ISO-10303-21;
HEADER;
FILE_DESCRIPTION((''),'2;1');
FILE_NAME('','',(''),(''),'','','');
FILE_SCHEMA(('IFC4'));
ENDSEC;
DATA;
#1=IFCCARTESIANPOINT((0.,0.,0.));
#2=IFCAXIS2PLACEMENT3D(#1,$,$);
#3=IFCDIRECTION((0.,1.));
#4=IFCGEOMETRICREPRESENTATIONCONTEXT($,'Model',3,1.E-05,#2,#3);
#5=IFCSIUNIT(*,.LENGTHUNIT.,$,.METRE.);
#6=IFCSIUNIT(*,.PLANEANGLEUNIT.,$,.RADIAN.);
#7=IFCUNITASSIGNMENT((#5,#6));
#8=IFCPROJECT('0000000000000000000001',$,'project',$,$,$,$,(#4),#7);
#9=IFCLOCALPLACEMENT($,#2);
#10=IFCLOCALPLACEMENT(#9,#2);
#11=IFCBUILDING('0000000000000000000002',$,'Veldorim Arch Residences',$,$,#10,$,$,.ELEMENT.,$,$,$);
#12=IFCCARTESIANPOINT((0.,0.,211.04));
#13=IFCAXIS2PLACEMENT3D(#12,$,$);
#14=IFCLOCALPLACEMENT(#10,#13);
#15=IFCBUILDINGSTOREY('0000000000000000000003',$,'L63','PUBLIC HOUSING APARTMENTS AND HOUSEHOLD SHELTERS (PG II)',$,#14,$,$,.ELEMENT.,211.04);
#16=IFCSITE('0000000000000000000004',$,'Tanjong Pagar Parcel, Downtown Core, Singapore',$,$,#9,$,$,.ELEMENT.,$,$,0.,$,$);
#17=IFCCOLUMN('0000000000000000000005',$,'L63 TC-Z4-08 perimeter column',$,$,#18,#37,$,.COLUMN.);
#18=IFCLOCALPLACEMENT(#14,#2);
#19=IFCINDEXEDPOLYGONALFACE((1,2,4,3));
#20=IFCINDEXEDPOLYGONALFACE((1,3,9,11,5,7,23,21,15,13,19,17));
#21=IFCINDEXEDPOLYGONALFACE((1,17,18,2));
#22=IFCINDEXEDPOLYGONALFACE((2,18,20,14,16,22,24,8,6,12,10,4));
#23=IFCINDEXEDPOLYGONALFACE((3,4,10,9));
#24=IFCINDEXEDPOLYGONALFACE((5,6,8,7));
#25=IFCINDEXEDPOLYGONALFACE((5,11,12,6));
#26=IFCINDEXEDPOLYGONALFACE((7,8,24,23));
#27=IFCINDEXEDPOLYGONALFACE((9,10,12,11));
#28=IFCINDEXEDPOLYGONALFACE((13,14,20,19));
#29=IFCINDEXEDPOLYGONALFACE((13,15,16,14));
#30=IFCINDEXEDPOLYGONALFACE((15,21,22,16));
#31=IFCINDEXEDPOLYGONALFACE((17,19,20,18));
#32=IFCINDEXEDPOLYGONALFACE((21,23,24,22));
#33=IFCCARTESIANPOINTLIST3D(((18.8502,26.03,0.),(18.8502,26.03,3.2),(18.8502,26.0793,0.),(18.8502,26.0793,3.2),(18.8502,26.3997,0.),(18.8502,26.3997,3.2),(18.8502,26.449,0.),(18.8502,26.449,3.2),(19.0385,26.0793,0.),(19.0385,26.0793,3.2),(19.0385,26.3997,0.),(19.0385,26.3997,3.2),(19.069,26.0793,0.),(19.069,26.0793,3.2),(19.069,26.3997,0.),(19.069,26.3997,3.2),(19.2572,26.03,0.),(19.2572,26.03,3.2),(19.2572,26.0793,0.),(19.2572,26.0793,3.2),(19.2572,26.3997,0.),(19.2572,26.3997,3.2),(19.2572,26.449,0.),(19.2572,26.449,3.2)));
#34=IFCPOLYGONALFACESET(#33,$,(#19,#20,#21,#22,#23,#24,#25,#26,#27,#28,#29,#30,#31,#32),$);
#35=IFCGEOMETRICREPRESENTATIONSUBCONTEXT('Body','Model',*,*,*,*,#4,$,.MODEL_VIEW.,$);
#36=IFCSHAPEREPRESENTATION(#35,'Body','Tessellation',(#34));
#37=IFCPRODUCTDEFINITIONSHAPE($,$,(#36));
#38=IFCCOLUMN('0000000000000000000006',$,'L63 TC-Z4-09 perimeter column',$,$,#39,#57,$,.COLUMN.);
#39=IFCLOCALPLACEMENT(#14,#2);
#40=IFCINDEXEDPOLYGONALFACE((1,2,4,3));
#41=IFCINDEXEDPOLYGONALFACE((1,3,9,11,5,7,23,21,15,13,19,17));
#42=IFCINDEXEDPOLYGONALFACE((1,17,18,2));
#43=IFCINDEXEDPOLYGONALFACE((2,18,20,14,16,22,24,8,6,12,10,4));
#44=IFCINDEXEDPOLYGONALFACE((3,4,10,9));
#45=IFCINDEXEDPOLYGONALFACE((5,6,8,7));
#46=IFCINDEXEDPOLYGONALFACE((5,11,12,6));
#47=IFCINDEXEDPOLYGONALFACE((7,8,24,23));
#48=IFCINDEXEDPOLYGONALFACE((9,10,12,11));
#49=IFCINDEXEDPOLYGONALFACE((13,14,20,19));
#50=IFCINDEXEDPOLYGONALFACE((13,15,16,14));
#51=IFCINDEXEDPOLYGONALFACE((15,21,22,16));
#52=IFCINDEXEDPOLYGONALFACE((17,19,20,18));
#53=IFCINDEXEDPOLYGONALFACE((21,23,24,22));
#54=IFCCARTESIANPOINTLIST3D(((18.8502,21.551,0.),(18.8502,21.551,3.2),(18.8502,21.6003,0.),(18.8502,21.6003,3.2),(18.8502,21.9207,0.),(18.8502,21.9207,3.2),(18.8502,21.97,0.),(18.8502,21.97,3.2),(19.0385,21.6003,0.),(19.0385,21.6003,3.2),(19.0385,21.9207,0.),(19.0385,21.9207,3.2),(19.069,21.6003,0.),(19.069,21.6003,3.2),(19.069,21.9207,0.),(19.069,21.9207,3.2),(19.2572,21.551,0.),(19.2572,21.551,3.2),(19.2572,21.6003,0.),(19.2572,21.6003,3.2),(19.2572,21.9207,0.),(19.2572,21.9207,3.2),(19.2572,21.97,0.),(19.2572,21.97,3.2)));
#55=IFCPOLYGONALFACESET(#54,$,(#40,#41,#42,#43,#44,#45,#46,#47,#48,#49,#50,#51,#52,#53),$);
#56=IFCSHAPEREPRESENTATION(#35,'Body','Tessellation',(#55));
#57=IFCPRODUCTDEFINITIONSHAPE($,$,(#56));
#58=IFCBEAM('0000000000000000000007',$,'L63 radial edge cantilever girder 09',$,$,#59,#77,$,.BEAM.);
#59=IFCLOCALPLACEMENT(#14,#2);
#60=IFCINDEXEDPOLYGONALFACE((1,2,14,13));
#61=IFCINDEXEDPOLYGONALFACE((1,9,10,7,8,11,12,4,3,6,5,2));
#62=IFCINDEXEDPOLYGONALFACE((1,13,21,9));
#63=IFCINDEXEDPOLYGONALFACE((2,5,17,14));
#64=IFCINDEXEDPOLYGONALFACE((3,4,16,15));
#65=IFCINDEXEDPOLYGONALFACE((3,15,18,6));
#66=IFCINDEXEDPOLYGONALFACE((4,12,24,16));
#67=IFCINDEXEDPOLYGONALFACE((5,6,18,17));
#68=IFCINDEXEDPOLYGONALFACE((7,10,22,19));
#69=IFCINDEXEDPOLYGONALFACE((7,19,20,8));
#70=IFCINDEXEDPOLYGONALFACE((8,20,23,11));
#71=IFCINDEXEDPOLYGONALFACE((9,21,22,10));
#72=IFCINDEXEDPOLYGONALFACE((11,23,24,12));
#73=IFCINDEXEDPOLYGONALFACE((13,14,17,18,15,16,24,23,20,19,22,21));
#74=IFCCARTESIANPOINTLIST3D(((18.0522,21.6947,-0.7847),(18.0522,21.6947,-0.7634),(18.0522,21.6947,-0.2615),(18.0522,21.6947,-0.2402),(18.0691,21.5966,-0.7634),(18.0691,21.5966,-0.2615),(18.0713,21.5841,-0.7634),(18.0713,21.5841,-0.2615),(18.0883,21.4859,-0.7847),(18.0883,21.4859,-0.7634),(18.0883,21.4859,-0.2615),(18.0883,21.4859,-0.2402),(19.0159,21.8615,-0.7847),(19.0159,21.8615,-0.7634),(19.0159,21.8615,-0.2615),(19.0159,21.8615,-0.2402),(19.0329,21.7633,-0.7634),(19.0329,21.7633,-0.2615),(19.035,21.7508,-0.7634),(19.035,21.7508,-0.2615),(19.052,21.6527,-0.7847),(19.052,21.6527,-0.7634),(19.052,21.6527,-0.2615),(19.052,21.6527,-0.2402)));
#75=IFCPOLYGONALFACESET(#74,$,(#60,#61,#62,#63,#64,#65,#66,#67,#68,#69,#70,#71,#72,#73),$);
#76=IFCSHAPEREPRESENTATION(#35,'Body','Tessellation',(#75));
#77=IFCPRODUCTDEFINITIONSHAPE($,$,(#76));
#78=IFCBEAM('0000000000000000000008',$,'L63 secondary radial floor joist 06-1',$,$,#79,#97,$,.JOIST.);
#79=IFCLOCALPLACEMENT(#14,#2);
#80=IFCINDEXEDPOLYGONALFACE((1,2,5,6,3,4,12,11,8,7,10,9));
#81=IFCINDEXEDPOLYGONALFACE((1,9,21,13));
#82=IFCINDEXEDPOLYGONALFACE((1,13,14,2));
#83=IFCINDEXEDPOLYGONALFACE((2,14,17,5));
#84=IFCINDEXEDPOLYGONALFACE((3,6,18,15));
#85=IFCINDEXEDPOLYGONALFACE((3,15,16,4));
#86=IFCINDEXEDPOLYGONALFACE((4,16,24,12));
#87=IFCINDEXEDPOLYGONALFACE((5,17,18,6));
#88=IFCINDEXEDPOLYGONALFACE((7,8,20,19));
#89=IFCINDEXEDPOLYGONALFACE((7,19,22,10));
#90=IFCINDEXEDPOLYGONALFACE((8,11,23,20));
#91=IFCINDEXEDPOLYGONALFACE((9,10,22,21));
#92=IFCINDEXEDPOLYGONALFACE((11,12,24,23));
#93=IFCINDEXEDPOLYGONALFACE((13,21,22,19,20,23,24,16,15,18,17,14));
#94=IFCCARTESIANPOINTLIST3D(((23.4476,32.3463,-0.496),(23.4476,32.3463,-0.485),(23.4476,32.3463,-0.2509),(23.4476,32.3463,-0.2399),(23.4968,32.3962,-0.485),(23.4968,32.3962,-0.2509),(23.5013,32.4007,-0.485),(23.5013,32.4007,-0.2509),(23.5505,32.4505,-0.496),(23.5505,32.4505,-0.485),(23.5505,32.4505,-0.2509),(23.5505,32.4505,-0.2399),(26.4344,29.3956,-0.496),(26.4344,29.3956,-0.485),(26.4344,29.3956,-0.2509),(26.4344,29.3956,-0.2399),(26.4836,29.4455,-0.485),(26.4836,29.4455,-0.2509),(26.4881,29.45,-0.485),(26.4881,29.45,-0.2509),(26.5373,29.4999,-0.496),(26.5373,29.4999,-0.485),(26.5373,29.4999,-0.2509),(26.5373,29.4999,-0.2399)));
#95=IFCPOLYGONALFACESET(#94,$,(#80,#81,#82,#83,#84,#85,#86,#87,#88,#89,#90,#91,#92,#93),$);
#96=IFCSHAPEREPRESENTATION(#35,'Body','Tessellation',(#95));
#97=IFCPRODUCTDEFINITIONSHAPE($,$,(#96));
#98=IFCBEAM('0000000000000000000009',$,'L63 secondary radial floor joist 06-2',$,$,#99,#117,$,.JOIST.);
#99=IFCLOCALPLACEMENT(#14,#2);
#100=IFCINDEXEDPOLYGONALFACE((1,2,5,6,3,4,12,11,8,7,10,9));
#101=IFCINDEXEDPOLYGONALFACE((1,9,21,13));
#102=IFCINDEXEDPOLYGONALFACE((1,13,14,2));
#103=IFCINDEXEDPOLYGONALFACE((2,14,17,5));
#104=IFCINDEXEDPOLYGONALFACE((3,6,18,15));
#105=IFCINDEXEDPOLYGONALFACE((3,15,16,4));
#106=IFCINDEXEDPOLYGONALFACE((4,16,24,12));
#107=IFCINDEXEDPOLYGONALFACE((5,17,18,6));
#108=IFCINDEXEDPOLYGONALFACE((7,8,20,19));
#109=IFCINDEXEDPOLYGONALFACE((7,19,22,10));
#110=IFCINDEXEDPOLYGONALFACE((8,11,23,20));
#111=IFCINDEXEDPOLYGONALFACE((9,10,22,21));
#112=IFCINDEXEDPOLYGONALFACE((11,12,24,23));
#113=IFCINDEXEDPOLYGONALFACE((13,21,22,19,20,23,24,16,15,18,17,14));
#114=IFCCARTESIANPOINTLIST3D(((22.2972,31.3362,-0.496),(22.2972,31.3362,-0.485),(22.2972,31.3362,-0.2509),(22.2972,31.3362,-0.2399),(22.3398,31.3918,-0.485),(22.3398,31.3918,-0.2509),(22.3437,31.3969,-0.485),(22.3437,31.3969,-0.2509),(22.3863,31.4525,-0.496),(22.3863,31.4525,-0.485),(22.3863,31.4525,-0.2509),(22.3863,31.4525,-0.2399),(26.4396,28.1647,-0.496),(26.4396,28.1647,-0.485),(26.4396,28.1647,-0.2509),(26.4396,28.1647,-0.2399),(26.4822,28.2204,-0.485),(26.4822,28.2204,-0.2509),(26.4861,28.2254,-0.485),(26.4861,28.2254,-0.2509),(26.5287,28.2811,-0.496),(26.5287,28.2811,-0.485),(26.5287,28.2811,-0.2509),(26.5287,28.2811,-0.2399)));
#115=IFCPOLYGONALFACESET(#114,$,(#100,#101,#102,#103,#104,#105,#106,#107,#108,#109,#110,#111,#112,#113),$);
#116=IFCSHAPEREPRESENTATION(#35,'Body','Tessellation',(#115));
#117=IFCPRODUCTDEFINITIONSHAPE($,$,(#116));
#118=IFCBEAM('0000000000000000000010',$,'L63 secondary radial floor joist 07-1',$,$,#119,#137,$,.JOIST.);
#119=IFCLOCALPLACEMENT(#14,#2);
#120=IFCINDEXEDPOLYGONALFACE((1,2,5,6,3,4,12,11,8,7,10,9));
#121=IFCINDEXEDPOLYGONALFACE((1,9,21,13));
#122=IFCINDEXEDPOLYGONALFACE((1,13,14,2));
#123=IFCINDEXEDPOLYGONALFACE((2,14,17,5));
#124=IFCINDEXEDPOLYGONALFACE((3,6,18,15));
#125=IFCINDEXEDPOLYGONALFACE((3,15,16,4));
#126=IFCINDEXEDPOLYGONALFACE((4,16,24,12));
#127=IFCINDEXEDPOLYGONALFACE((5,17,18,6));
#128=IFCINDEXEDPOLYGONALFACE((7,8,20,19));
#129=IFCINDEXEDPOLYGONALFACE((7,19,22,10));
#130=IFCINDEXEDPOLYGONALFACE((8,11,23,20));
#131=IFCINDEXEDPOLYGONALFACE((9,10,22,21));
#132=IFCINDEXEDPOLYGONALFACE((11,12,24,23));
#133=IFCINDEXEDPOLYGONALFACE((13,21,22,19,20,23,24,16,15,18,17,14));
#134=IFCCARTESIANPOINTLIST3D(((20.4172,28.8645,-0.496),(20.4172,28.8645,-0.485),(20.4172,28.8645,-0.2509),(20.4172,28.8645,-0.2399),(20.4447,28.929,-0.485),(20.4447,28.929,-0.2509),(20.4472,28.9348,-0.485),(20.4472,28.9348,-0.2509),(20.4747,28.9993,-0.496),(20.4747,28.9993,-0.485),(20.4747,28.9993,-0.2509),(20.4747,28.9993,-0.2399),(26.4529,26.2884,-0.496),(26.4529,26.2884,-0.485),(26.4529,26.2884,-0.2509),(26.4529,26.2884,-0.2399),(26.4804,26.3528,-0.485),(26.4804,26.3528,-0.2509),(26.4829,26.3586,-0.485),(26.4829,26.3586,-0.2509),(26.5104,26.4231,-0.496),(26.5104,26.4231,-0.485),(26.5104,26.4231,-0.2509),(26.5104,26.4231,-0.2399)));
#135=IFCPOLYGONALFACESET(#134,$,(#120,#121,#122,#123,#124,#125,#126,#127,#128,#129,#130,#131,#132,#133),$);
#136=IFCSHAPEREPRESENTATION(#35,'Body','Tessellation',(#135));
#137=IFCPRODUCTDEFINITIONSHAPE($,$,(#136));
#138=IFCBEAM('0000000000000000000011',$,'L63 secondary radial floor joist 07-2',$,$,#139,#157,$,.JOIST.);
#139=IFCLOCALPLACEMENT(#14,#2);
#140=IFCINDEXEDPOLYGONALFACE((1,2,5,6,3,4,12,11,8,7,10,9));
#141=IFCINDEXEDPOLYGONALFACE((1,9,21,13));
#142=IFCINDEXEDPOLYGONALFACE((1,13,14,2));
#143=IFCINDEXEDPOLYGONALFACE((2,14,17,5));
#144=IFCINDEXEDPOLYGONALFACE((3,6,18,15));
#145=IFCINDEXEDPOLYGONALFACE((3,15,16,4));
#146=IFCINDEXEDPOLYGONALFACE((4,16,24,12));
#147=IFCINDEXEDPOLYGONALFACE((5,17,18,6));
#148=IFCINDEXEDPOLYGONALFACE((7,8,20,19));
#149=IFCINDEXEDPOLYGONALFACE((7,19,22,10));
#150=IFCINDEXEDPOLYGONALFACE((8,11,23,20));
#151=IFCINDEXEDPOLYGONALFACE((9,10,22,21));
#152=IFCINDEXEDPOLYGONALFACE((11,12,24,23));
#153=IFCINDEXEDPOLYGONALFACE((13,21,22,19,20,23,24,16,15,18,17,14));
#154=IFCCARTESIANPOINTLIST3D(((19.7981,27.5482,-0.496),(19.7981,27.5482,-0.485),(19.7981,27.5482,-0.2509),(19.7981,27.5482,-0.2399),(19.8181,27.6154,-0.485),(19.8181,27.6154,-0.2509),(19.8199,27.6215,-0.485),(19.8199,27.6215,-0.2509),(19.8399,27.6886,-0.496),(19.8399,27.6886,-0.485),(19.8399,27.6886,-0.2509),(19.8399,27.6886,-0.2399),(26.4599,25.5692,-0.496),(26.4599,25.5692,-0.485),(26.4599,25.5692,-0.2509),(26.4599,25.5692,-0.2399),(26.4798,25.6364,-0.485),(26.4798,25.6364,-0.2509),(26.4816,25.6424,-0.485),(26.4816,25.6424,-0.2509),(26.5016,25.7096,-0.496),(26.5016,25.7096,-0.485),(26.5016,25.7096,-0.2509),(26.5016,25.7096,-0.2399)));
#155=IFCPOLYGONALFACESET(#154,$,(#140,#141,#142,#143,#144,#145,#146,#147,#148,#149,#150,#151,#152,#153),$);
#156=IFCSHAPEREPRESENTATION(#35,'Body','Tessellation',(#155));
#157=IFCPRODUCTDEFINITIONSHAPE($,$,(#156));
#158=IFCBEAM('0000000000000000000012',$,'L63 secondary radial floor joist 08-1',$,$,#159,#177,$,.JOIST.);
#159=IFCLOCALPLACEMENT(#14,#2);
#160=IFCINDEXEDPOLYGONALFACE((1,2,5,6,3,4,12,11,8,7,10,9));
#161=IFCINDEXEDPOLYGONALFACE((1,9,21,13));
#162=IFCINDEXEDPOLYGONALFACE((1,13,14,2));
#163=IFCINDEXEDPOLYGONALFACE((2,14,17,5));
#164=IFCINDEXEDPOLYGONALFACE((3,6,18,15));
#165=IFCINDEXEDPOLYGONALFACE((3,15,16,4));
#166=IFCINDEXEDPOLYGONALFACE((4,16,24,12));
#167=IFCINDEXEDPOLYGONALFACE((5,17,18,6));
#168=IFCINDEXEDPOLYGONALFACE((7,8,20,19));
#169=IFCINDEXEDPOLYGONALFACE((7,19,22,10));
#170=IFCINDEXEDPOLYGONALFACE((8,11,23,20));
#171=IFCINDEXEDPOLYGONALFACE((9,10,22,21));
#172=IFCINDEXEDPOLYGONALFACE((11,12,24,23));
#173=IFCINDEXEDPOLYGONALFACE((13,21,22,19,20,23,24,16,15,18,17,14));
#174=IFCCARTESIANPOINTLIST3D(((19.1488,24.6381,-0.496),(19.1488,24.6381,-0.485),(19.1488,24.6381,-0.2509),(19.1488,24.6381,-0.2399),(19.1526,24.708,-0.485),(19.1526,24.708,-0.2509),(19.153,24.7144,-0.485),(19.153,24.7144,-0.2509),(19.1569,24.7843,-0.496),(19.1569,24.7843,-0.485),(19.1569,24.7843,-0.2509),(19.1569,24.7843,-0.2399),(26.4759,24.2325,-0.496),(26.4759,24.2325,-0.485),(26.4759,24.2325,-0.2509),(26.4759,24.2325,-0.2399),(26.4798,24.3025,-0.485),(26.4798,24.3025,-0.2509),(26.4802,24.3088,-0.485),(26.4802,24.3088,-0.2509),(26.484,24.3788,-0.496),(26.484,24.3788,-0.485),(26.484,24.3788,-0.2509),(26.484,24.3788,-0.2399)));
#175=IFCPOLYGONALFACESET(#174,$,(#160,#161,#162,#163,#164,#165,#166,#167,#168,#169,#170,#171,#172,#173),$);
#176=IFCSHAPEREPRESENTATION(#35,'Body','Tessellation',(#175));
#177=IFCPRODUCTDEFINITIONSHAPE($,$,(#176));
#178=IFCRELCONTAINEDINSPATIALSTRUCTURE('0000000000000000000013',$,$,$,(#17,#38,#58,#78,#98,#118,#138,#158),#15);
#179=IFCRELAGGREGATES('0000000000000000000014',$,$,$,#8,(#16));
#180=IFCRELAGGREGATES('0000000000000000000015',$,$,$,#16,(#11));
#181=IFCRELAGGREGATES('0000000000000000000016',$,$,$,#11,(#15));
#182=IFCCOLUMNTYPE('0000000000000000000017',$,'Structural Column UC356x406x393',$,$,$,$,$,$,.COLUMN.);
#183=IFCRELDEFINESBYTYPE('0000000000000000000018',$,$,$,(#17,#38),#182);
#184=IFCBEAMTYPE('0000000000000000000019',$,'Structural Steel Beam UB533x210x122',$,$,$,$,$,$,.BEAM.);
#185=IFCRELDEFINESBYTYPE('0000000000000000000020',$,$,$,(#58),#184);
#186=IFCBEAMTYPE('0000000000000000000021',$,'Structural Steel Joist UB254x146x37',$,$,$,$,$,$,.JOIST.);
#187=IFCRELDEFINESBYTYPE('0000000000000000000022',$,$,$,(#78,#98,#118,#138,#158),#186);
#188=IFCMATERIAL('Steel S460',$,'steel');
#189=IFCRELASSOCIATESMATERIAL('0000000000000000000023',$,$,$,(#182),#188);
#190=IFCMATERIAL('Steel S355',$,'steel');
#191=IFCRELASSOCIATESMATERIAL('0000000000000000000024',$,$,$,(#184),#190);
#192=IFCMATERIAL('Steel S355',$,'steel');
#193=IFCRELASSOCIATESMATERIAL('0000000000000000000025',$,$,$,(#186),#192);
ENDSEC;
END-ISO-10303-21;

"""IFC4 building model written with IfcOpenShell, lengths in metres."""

from ifc_helpers import new_model, si_unit, direction, frame, origin, origin_2d, place, context, subcontext, project, spatial, i_section, extrude, material, material_profile, profile_set, type_object, element, save


model = new_model("IFC4")

# Units and contexts
model_context = context("Model", 3, precision=1e-05, world=origin(), true_north=direction((0.0, 1.0)))
body_context = subcontext(model_context, "Body", "Model", "MODEL_VIEW")
ifc_project = project(units=[si_unit("LENGTHUNIT", "METRE"), si_unit("PLANEANGLEUNIT", "RADIAN")], contexts=[model_context])

# Site, building, storey
site_placement = place(None, origin())
site = spatial("IfcSite", under=ifc_project, at=site_placement, Name="Tanjong Pagar Parcel, Downtown Core, Singapore", CompositionType="ELEMENT", RefElevation=0.0)
building_placement = place(site_placement, origin())
building = spatial("IfcBuilding", under=site, at=building_placement, Name="Veldorim Arch Residences", CompositionType="ELEMENT")
storey_placement = place(building_placement, frame((0.0, 0.0, 211.04)))
storey = spatial("IfcBuildingStorey", under=building, at=storey_placement, Name="L63", Description="PUBLIC HOUSING APARTMENTS AND HOUSEHOLD SHELTERS (PG II)", CompositionType="ELEMENT", Elevation=211.04)

# Columns
ifc_material_1 = material(Name="Steel S460", Category="steel")
ifc_material_profile_1 = material_profile(ifc_material_1, i_section(OverallWidth=0.407, OverallDepth=0.4189, WebThickness=0.0305, FlangeThickness=0.0493, at=origin_2d()), Name="UC356x406x393")
ifc_profile_set_1 = profile_set([ifc_material_profile_1], Name="Steel S460")
column_type = type_object("IfcColumnType", Name="Structural Column UC356x406x393", PredefinedType="COLUMN", material=ifc_profile_set_1)
for number, where, z_axis, x_axis, name in (
    (1, (19.0537, 26.2395, 0.0), (0.0, 0.0, 1.0), (1.0, 0.0, 0.0), "L63 TC-Z4-08 perimeter column"),
    (2, (19.0537, 21.7605, 0.0), (0.0, 0.0, 1.0), (1.0, 0.0, 0.0), "L63 TC-Z4-09 perimeter column"),
):
    element("IfcColumn", number, at=place(storey_placement, frame(where, z_axis=z_axis, x_axis=x_axis)), inside=storey, type_object=column_type, Name=name, PredefinedType="COLUMN", context=body_context, shape_type="SweptSolid", body=[
        extrude(i_section(OverallWidth=0.407, OverallDepth=0.4189, WebThickness=0.0305, FlangeThickness=0.0493, at=origin_2d()), origin(), (0.0, 0.0, 1.0), 3.2),
    ])

# Beams
ifc_material_2 = material(Name="Steel S355", Category="steel")
ifc_material_profile_2 = material_profile(ifc_material_2, i_section(OverallWidth=0.2119, OverallDepth=0.5444, WebThickness=0.0127, FlangeThickness=0.0212, at=origin_2d()), Name="UB533x210x122")
ifc_profile_set_2 = profile_set([ifc_material_profile_2], Name="Steel S355")
beam_type_1 = type_object("IfcBeamType", Name="Structural Steel Beam UB533x210x122", PredefinedType="BEAM", material=ifc_profile_set_2)
beam_1_placement = place(storey_placement, frame((19.0339, 21.7571, -0.5125), z_axis=(-0.985356, -0.170509, 0.0), x_axis=(0.170509, -0.985356, 0.0)))
element("IfcBeam", 3, at=beam_1_placement, inside=storey, type_object=beam_type_1, Name="L63 radial edge cantilever girder 09", PredefinedType="BEAM", context=body_context, shape_type="SweptSolid", body=[
    extrude(i_section(OverallWidth=0.2119, OverallDepth=0.5444, WebThickness=0.0127, FlangeThickness=0.0212, at=origin_2d()), origin(), (0.0, 0.0, 1.0), 0.978),
])
ifc_material_3 = material(Name="Steel S355", Category="steel")
ifc_material_profile_3 = material_profile(ifc_material_3, i_section(OverallWidth=0.1465, OverallDepth=0.2561, WebThickness=0.0063, FlangeThickness=0.011, at=origin_2d()), Name="UB254x146x37")
ifc_profile_set_3 = profile_set([ifc_material_profile_3], Name="Steel S355")
beam_type_2 = type_object("IfcBeamType", Name="Structural Steel Joist UB254x146x37", PredefinedType="JOIST", material=ifc_profile_set_3)
beam_2_placement = place(storey_placement, frame((26.4858, 29.4478, -0.3679), z_axis=(-0.711397, 0.702791, 0.0), x_axis=(-0.702791, -0.711397, 0.0)))
element("IfcBeam", 4, at=beam_2_placement, inside=storey, type_object=beam_type_2, Name="L63 secondary radial floor joist 06-1", PredefinedType="JOIST", context=body_context, shape_type="SweptSolid", body=[
    extrude(i_section(OverallWidth=0.1465, OverallDepth=0.2561, WebThickness=0.0063, FlangeThickness=0.011, at=origin_2d()), origin(), (0.0, 0.0, 1.0), 4.1985),
])
beam_3_placement = place(storey_placement, frame((26.4841, 28.2229, -0.3679), z_axis=(-0.794014, 0.6079, 0.0), x_axis=(-0.6079, -0.794014, 0.0)))
element("IfcBeam", 5, at=beam_3_placement, inside=storey, type_object=beam_type_2, Name="L63 secondary radial floor joist 06-2", PredefinedType="JOIST", context=body_context, shape_type="SweptSolid", body=[
    extrude(i_section(OverallWidth=0.1465, OverallDepth=0.2561, WebThickness=0.0063, FlangeThickness=0.011, at=origin_2d()), origin(), (0.0, 0.0, 1.0), 5.217),
])
beam_4_placement = place(storey_placement, frame((26.4817, 26.3557, -0.3679), z_axis=(-0.919725, 0.392563, 0.0), x_axis=(-0.392563, -0.919725, 0.0)))
element("IfcBeam", 6, at=beam_4_placement, inside=storey, type_object=beam_type_2, Name="L63 secondary radial floor joist 07-1", PredefinedType="JOIST", context=body_context, shape_type="SweptSolid", body=[
    extrude(i_section(OverallWidth=0.1465, OverallDepth=0.2561, WebThickness=0.0063, FlangeThickness=0.011, at=origin_2d()), origin(), (0.0, 0.0, 1.0), 6.5625),
])
beam_5_placement = place(storey_placement, frame((26.4807, 25.6394, -0.3679), z_axis=(-0.958594, 0.284775, 0.0), x_axis=(-0.284775, -0.958594, 0.0)))
element("IfcBeam", 7, at=beam_5_placement, inside=storey, type_object=beam_type_2, Name="L63 secondary radial floor joist 07-2", PredefinedType="JOIST", context=body_context, shape_type="SweptSolid", body=[
    extrude(i_section(OverallWidth=0.1465, OverallDepth=0.2561, WebThickness=0.0063, FlangeThickness=0.011, at=origin_2d()), origin(), (0.0, 0.0, 1.0), 6.9495),
])
for number, where, z_axis, x_axis, name in (
    (8, (26.48, 24.3057, -0.3679), (-0.998472, 0.05526, 0.0), (-0.05526, -0.998472, 0.0), "L63 secondary radial floor joist 08-1"),
):
    element("IfcBeam", number, at=place(storey_placement, frame(where, z_axis=z_axis, x_axis=x_axis)), inside=storey, type_object=beam_type_2, Name=name, PredefinedType="JOIST", context=body_context, shape_type="SweptSolid", body=[
        extrude(i_section(OverallWidth=0.1465, OverallDepth=0.2561, WebThickness=0.0063, FlangeThickness=0.011, at=origin_2d()), origin(), (0.0, 0.0, 1.0), 7.3384),
    ])

save(model, "model.ifc")
